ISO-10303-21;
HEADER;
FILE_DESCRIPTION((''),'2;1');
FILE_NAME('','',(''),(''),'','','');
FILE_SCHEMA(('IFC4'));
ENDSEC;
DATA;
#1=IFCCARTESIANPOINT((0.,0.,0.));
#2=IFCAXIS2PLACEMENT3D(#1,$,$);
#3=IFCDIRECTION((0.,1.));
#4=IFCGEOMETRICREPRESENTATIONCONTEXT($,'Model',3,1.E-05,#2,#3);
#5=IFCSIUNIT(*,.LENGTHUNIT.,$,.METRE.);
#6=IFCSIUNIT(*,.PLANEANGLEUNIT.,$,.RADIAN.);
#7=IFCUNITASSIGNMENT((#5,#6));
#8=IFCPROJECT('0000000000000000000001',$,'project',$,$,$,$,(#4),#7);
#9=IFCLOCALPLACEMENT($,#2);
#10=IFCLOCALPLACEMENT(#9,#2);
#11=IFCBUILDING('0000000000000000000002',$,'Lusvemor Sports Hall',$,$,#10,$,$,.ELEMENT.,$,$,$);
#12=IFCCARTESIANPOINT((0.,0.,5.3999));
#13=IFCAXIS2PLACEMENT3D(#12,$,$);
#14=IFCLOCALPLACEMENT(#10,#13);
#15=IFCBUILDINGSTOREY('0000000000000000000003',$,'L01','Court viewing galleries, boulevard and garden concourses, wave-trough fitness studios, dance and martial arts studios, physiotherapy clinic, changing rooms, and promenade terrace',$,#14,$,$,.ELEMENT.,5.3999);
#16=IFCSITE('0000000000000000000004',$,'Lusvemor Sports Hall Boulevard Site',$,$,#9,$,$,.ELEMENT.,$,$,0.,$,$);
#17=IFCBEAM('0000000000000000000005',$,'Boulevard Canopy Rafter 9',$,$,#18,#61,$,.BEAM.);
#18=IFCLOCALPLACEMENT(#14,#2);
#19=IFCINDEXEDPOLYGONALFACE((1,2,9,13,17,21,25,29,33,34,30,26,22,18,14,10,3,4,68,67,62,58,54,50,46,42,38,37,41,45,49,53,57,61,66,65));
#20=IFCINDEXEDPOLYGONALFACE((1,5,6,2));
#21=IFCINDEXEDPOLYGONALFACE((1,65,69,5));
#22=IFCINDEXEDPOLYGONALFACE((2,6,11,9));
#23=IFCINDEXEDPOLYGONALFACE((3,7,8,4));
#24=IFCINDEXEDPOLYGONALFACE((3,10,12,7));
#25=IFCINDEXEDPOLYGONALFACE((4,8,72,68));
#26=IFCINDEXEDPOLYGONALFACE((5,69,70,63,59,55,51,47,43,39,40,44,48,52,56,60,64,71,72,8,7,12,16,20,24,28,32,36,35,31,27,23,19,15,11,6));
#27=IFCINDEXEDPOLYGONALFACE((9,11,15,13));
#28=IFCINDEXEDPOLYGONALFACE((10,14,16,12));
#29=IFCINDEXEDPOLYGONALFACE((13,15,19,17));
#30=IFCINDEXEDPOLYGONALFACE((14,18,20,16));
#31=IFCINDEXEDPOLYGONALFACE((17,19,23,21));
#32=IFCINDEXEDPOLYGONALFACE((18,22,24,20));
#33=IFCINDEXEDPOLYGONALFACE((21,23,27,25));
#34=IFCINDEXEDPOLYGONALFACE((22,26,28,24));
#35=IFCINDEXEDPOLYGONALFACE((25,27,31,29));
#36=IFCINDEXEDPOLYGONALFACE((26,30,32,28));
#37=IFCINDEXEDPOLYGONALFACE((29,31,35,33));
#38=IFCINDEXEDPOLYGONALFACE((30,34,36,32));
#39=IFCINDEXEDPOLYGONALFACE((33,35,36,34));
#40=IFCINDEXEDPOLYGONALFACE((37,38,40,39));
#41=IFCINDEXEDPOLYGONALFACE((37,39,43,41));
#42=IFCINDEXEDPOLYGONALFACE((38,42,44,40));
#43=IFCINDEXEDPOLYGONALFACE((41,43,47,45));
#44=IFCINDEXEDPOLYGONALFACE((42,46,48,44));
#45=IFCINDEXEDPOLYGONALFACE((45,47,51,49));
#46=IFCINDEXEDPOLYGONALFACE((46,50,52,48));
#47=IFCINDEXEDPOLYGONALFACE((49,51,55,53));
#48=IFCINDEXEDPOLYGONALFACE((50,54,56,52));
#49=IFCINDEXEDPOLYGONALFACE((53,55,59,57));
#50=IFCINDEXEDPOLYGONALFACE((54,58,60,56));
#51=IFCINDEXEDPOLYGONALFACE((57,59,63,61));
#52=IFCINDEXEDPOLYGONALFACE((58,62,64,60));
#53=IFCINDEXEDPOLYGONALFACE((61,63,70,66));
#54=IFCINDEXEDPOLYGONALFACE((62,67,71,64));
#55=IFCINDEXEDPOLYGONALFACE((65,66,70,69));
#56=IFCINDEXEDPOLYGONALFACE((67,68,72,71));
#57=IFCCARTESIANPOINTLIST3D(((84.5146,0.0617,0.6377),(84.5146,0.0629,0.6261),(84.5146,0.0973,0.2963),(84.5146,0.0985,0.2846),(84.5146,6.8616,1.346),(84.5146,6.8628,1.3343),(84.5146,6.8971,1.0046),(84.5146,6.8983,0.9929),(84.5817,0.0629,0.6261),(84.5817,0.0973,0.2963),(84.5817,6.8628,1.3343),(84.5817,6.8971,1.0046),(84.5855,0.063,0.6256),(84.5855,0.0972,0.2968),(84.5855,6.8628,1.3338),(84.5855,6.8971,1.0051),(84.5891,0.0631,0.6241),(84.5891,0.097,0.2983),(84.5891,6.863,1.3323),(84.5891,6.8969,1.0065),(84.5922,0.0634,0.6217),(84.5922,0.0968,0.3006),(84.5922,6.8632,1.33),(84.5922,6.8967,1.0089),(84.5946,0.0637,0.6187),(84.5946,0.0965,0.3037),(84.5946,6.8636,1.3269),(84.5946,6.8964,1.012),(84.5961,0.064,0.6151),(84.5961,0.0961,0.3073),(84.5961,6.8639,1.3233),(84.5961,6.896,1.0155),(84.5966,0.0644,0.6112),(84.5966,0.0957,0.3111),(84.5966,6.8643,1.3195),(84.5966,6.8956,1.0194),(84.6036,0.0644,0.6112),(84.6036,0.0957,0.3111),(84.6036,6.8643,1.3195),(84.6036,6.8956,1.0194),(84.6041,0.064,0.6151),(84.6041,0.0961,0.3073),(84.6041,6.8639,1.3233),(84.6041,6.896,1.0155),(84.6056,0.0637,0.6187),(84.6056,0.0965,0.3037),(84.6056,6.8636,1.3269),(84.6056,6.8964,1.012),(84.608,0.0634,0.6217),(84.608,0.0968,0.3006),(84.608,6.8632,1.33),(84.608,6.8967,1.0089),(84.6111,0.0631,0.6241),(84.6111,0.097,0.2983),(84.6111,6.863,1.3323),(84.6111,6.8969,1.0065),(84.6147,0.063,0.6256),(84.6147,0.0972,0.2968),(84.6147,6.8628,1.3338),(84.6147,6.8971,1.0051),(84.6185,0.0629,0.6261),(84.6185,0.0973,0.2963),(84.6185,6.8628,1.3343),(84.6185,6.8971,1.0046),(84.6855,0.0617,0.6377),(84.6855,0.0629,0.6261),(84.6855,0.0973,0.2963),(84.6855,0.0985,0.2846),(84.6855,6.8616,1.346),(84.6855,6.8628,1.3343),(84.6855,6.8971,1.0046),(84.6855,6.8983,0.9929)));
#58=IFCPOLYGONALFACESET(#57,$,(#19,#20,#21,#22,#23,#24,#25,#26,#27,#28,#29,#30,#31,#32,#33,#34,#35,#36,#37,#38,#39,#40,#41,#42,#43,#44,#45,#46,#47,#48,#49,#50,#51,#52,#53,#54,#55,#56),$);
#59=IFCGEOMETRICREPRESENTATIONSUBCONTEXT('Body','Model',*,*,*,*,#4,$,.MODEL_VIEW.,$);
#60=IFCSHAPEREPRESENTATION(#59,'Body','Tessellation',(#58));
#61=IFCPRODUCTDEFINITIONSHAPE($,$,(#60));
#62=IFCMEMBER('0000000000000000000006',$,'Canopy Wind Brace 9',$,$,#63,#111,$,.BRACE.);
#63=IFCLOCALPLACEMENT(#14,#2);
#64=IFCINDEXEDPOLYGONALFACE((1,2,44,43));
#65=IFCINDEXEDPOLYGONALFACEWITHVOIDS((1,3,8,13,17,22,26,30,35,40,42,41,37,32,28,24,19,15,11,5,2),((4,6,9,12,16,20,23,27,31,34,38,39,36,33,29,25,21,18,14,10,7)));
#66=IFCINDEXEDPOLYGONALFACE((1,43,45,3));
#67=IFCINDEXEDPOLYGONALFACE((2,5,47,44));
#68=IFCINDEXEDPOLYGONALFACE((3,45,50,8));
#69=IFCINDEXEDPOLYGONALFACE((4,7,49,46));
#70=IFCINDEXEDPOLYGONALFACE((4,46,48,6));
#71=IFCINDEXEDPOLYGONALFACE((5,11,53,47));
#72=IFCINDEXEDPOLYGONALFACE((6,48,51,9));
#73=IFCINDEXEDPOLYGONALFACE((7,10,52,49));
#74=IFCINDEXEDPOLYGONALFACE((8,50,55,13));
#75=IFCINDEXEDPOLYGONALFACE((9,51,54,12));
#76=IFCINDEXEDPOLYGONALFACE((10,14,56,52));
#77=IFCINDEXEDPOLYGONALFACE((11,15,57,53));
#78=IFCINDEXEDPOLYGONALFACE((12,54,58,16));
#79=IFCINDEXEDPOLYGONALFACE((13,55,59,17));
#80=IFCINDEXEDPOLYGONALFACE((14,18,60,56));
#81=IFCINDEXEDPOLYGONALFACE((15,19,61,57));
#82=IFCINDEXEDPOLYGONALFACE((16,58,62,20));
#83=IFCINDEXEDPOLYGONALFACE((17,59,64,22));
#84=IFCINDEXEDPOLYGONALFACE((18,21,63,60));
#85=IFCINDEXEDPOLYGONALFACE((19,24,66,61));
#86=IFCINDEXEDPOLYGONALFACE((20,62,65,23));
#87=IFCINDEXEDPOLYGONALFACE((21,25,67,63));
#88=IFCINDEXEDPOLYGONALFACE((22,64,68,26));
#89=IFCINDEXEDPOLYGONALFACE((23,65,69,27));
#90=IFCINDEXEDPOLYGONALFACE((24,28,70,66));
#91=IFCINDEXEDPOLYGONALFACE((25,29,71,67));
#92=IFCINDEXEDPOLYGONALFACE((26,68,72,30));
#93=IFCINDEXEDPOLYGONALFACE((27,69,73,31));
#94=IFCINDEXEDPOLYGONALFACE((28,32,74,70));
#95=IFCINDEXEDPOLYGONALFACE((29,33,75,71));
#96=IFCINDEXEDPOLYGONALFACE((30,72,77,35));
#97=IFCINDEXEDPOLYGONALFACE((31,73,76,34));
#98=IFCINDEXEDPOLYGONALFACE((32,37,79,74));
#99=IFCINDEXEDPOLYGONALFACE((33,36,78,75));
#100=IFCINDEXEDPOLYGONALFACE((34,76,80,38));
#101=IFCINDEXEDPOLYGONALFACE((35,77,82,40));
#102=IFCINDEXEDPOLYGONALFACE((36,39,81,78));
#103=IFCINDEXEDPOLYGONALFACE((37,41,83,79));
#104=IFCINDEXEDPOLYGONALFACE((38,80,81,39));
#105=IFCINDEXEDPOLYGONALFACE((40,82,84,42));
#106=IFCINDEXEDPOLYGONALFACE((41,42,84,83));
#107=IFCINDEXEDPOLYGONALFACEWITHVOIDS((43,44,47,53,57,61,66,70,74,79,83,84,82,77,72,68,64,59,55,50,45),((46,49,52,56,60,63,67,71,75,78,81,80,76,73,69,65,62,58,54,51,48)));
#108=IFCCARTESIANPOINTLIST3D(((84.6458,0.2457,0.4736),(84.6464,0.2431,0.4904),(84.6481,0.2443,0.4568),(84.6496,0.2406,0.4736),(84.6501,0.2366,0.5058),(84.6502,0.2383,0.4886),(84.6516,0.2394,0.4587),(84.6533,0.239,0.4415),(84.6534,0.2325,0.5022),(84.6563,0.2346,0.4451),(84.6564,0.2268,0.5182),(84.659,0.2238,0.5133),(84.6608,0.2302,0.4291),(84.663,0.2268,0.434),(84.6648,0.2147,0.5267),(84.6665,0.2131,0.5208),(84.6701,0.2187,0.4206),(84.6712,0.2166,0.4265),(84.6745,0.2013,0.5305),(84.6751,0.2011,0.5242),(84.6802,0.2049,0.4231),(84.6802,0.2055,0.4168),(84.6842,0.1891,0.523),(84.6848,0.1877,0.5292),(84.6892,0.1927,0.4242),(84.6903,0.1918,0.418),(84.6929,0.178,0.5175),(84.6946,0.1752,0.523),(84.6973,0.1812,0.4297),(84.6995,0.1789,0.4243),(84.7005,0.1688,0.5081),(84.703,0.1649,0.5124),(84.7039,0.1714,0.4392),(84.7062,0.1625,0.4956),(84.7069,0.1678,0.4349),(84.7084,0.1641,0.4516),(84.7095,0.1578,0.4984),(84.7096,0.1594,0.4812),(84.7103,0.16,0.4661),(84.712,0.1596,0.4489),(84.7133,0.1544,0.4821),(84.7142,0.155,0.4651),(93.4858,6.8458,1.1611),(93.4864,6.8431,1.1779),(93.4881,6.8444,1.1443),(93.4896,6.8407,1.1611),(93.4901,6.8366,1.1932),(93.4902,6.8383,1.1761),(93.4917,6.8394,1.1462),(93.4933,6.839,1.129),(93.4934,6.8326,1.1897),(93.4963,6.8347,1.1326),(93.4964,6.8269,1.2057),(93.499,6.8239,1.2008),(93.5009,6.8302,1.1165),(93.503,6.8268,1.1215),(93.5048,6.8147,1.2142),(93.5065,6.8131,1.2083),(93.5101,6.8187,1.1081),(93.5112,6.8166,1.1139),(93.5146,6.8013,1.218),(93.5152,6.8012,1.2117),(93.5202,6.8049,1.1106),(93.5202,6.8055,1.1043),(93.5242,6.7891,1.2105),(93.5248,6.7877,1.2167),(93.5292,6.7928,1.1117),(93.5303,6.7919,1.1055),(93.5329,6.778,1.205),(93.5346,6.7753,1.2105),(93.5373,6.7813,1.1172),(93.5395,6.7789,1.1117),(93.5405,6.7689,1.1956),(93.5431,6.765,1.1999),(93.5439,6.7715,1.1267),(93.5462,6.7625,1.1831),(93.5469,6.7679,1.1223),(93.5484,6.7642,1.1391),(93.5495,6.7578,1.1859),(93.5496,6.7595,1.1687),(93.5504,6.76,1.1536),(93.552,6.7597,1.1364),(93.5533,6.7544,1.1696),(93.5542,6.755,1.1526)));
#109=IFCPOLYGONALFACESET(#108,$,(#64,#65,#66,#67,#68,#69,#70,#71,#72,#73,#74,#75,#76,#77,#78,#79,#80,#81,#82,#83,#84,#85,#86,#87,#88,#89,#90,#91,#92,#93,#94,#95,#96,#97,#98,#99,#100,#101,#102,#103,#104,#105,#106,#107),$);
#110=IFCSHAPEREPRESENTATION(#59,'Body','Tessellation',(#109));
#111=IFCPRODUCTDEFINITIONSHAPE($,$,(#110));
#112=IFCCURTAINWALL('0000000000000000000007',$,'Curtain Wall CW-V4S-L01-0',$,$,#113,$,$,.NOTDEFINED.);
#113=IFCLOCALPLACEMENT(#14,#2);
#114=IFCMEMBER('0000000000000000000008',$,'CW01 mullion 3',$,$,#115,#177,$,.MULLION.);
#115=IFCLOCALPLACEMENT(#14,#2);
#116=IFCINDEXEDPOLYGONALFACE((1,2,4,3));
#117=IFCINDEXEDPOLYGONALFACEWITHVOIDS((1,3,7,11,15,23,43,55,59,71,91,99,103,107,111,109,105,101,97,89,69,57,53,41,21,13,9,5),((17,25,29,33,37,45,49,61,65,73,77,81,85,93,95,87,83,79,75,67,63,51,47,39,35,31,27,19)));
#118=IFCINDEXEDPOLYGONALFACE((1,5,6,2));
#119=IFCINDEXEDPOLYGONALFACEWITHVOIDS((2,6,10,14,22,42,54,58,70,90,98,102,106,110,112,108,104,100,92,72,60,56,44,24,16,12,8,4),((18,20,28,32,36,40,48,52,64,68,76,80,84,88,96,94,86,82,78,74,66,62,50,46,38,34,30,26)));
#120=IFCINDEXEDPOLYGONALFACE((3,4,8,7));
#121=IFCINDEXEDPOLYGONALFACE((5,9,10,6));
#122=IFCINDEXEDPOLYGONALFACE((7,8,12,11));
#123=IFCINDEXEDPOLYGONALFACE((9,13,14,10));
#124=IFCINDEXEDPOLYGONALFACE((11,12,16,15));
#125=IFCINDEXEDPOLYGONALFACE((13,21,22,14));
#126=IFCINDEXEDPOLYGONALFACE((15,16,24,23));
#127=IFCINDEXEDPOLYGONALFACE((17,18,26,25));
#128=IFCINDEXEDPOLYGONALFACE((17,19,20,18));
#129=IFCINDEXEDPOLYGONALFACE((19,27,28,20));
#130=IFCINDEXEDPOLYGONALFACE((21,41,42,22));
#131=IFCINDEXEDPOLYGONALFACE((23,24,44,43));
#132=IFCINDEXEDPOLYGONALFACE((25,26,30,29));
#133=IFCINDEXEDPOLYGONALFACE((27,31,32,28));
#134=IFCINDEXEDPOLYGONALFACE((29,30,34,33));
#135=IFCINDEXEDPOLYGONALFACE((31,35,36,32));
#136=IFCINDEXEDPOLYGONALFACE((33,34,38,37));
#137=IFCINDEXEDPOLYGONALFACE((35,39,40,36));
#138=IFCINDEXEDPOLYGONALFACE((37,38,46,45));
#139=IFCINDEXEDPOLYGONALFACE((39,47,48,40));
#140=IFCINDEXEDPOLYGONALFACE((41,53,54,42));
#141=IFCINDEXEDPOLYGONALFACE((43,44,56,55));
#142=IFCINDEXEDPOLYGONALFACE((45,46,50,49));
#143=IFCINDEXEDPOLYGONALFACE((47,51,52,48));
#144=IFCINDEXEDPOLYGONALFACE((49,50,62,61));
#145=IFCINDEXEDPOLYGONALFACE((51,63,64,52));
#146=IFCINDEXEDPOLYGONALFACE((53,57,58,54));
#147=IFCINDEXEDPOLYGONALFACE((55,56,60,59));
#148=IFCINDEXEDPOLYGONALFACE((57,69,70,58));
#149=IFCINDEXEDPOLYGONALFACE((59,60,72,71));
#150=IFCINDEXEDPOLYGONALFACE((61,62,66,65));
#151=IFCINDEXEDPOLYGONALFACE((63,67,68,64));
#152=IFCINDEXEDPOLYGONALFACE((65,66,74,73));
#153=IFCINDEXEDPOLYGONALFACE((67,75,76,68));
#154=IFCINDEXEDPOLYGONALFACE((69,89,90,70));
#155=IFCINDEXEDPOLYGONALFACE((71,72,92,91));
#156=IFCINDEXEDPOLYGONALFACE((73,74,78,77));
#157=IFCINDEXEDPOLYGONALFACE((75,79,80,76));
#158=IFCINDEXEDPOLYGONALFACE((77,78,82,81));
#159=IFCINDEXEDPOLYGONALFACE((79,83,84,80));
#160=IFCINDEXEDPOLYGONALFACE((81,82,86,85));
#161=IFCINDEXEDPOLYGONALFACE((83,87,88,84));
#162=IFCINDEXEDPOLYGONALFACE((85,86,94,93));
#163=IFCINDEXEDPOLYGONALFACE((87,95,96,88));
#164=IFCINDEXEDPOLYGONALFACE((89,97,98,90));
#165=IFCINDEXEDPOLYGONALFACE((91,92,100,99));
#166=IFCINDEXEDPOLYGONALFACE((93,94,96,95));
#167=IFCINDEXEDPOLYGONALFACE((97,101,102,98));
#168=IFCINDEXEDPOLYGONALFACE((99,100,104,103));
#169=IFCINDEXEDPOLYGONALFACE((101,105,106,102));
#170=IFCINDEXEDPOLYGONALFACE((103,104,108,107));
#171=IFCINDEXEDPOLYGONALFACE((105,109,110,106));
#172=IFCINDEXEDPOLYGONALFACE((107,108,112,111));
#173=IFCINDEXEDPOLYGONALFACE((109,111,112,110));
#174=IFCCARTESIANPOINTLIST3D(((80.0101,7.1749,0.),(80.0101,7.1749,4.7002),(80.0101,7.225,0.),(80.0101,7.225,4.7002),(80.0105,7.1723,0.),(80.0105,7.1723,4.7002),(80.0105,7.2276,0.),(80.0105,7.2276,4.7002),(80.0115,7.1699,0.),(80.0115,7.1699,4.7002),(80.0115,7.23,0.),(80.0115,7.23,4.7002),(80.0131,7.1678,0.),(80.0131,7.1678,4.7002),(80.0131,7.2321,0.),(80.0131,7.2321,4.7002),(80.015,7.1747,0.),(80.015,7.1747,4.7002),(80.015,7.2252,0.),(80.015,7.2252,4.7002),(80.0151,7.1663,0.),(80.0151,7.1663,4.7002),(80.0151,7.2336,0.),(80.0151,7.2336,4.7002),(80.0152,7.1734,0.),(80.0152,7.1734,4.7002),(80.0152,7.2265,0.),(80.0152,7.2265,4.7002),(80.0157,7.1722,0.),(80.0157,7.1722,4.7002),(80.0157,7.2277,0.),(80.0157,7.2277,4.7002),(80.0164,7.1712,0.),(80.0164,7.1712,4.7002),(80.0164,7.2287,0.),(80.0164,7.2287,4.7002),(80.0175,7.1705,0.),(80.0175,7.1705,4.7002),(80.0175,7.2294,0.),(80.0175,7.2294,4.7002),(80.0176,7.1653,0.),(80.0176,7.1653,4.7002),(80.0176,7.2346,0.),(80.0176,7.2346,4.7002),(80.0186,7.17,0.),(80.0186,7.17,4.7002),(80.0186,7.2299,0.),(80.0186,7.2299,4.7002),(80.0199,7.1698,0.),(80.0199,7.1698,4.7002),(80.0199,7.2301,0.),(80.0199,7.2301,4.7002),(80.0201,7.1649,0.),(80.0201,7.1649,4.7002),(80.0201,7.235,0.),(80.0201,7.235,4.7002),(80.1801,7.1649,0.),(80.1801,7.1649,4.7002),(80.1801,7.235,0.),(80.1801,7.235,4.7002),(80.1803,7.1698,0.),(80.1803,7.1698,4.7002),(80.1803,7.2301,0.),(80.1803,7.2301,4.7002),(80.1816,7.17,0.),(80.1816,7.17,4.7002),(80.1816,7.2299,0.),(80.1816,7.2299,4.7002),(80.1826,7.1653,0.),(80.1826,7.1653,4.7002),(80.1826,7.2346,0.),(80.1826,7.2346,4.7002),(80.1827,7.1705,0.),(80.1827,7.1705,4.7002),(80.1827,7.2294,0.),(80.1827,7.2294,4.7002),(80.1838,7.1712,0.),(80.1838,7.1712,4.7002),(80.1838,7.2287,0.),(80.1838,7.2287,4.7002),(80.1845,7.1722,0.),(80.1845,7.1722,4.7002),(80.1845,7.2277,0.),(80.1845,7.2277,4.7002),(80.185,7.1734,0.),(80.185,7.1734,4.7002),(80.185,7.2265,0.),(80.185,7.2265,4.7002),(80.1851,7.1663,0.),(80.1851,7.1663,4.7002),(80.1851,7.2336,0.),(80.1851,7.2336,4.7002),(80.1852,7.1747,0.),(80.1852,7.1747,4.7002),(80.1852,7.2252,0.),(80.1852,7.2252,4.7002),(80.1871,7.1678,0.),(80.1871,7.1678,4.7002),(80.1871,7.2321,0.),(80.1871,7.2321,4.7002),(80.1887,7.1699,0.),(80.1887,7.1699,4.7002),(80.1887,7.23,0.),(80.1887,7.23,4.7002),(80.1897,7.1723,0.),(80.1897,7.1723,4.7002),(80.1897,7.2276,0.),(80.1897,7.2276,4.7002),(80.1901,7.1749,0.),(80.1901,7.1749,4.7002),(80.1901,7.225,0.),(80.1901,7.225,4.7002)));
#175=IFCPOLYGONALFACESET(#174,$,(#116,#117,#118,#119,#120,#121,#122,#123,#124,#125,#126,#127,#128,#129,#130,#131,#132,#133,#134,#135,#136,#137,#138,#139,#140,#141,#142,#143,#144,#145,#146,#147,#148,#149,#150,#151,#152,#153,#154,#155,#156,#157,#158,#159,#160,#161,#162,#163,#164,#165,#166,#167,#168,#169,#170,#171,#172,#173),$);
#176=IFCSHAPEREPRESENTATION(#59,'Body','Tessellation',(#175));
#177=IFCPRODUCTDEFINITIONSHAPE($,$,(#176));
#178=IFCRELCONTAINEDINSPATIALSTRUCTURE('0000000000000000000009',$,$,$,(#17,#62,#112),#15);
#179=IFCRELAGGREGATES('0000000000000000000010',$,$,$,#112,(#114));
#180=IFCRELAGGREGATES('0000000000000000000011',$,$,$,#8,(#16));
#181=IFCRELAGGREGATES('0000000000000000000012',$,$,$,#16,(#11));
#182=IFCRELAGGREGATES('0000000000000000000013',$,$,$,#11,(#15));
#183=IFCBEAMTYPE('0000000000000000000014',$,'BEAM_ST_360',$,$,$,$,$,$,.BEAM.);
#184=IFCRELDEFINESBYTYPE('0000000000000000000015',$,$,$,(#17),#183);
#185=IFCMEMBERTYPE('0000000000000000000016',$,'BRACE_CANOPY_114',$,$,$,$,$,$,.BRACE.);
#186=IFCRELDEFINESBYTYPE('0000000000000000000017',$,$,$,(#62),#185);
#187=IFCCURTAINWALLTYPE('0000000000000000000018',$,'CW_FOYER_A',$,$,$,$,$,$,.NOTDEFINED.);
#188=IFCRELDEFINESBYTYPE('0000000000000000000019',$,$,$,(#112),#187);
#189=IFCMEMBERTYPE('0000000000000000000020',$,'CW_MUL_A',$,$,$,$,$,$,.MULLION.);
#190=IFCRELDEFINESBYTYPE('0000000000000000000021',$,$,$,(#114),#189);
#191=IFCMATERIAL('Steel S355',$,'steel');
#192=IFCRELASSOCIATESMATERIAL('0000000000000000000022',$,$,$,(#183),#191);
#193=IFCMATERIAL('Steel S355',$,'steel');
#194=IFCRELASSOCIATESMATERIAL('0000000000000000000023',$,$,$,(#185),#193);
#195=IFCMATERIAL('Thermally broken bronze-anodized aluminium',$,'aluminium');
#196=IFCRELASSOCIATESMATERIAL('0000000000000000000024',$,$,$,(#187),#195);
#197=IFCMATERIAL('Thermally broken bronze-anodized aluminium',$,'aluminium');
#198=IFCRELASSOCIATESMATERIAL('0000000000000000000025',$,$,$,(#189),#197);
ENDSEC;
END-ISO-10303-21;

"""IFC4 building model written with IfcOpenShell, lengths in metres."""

from ifc_helpers import new_model, si_unit, direction, frame, origin, origin_2d, place, context, subcontext, project, spatial, hollow_rectangle, hollow_circle, i_section, extrude, material, material_profile, profile_set, type_object, element, aggregate, save


model = new_model("IFC4")

# Units and contexts
model_context = context("Model", 3, precision=1e-05, world=origin(), true_north=direction((0.0, 1.0)))
body_context = subcontext(model_context, "Body", "Model", "MODEL_VIEW")
ifc_project = project(units=[si_unit("LENGTHUNIT", "METRE"), si_unit("PLANEANGLEUNIT", "RADIAN")], contexts=[model_context])

# Site, building, storey
site_placement = place(None, origin())
site = spatial("IfcSite", under=ifc_project, at=site_placement, Name="Lusvemor Sports Hall Boulevard Site", CompositionType="ELEMENT", RefElevation=0.0)
building_placement = place(site_placement, origin())
building = spatial("IfcBuilding", under=site, at=building_placement, Name="Lusvemor Sports Hall", CompositionType="ELEMENT")
storey_placement = place(building_placement, frame((0.0, 0.0, 5.3999)))
storey = spatial("IfcBuildingStorey", under=building, at=storey_placement, Name="L01", Description="Court viewing galleries, boulevard and garden concourses, wave-trough fitness studios, dance and martial arts studios, physiotherapy clinic, changing rooms, and promenade terrace", CompositionType="ELEMENT", Elevation=5.3999)

# Beam
ifc_material_1 = material(Name="Steel S355", Category="steel")
ifc_material_profile_1 = material_profile(ifc_material_1, i_section(OverallWidth=0.1709, OverallDepth=0.355, WebThickness=0.0071, FlangeThickness=0.0117, FilletRadius=0.0149, at=origin_2d()), Name="W360x51.0")
ifc_profile_set_1 = profile_set([ifc_material_profile_1], Name="Steel S355")
beam_type_1 = type_object("IfcBeamType", Name="BEAM_ST_360", PredefinedType="BEAM", material=ifc_profile_set_1)
beam_1_placement = place(storey_placement, frame((84.6001, 0.0801, 0.4612), z_axis=(0.0, 0.994619, 0.103597), x_axis=(-1.0, 0.0, 0.0)))
element("IfcBeam", 1, at=beam_1_placement, inside=storey, type_object=beam_type_1, Name="Boulevard Canopy Rafter 9", PredefinedType="BEAM", context=body_context, shape_type="SweptSolid", body=[
    extrude(i_section(OverallWidth=0.1709, OverallDepth=0.355, WebThickness=0.0071, FlangeThickness=0.0117, FilletRadius=0.0149, at=origin_2d()), origin(), (0.0, 0.0, 1.0), 6.8367),
])

# Member
ifc_material_2 = material(Name="Steel S355", Category="steel")
ifc_material_profile_2 = material_profile(ifc_material_2, hollow_circle(Radius=0.0571, WallThickness=0.0063, at=origin_2d()), Name="CHS114.3x6.3")
ifc_profile_set_2 = profile_set([ifc_material_profile_2], Name="Steel S355")
member_type_1 = type_object("IfcMemberType", Name="BRACE_CANOPY_114", PredefinedType="BRACE", material=ifc_profile_set_2)
member_1_placement = place(storey_placement, frame((84.6799, 0.2, 0.4736), z_axis=(0.799751, 0.597102, 0.062197), x_axis=(-0.59826, 0.801302, 0.0)))
element("IfcMember", 2, at=member_1_placement, inside=storey, type_object=member_type_1, Name="Canopy Wind Brace 9", PredefinedType="BRACE", context=body_context, shape_type="SweptSolid", body=[
    extrude(hollow_circle(Radius=0.0571, WallThickness=0.0063, at=origin_2d()), origin(), (0.0, 0.0, 1.0), 11.0535),
])

# Curtain wall, member
ifc_material_3 = material(Name="Thermally broken bronze-anodized aluminium", Category="aluminium")
curtain_wall_type = type_object("IfcCurtainWallType", Name="CW_FOYER_A", PredefinedType="NOTDEFINED", material=ifc_material_3)
curtain_wall_placement = place(storey_placement, origin())
curtain_wall = element("IfcCurtainWall", 3, at=curtain_wall_placement, inside=storey, type_object=curtain_wall_type, Name="Curtain Wall CW-V4S-L01-0", PredefinedType="NOTDEFINED")
ifc_material_4 = material(Name="Thermally broken bronze-anodized aluminium", Category="aluminium")
ifc_material_profile_3 = material_profile(ifc_material_4, hollow_rectangle(XDim=0.0701, YDim=0.1799, WallThickness=0.0049, InnerFilletRadius=0.0049, OuterFilletRadius=0.01, at=origin_2d()), Name="CWMUL180x70x5")
ifc_profile_set_3 = profile_set([ifc_material_profile_3], Name="Thermally broken bronze-anodized aluminium")
member_type_2 = type_object("IfcMemberType", Name="CW_MUL_A", PredefinedType="MULLION", material=ifc_profile_set_3)
member_2_placement = place(storey_placement, frame((80.1001, 7.2, 0.0), z_axis=(0.0, 0.0, 1.0), x_axis=(0.0, -1.0, 0.0)))
member_2 = element("IfcMember", 4, at=member_2_placement, type_object=member_type_2, Name="CW01 mullion 3", PredefinedType="MULLION", context=body_context, shape_type="SweptSolid", body=[
    extrude(hollow_rectangle(XDim=0.0701, YDim=0.1799, WallThickness=0.0049, InnerFilletRadius=0.0049, OuterFilletRadius=0.01, at=origin_2d()), origin(), (0.0, 0.0, 1.0), 4.7002),
])

aggregate(curtain_wall, [member_2])

save(model, "model.ifc")
